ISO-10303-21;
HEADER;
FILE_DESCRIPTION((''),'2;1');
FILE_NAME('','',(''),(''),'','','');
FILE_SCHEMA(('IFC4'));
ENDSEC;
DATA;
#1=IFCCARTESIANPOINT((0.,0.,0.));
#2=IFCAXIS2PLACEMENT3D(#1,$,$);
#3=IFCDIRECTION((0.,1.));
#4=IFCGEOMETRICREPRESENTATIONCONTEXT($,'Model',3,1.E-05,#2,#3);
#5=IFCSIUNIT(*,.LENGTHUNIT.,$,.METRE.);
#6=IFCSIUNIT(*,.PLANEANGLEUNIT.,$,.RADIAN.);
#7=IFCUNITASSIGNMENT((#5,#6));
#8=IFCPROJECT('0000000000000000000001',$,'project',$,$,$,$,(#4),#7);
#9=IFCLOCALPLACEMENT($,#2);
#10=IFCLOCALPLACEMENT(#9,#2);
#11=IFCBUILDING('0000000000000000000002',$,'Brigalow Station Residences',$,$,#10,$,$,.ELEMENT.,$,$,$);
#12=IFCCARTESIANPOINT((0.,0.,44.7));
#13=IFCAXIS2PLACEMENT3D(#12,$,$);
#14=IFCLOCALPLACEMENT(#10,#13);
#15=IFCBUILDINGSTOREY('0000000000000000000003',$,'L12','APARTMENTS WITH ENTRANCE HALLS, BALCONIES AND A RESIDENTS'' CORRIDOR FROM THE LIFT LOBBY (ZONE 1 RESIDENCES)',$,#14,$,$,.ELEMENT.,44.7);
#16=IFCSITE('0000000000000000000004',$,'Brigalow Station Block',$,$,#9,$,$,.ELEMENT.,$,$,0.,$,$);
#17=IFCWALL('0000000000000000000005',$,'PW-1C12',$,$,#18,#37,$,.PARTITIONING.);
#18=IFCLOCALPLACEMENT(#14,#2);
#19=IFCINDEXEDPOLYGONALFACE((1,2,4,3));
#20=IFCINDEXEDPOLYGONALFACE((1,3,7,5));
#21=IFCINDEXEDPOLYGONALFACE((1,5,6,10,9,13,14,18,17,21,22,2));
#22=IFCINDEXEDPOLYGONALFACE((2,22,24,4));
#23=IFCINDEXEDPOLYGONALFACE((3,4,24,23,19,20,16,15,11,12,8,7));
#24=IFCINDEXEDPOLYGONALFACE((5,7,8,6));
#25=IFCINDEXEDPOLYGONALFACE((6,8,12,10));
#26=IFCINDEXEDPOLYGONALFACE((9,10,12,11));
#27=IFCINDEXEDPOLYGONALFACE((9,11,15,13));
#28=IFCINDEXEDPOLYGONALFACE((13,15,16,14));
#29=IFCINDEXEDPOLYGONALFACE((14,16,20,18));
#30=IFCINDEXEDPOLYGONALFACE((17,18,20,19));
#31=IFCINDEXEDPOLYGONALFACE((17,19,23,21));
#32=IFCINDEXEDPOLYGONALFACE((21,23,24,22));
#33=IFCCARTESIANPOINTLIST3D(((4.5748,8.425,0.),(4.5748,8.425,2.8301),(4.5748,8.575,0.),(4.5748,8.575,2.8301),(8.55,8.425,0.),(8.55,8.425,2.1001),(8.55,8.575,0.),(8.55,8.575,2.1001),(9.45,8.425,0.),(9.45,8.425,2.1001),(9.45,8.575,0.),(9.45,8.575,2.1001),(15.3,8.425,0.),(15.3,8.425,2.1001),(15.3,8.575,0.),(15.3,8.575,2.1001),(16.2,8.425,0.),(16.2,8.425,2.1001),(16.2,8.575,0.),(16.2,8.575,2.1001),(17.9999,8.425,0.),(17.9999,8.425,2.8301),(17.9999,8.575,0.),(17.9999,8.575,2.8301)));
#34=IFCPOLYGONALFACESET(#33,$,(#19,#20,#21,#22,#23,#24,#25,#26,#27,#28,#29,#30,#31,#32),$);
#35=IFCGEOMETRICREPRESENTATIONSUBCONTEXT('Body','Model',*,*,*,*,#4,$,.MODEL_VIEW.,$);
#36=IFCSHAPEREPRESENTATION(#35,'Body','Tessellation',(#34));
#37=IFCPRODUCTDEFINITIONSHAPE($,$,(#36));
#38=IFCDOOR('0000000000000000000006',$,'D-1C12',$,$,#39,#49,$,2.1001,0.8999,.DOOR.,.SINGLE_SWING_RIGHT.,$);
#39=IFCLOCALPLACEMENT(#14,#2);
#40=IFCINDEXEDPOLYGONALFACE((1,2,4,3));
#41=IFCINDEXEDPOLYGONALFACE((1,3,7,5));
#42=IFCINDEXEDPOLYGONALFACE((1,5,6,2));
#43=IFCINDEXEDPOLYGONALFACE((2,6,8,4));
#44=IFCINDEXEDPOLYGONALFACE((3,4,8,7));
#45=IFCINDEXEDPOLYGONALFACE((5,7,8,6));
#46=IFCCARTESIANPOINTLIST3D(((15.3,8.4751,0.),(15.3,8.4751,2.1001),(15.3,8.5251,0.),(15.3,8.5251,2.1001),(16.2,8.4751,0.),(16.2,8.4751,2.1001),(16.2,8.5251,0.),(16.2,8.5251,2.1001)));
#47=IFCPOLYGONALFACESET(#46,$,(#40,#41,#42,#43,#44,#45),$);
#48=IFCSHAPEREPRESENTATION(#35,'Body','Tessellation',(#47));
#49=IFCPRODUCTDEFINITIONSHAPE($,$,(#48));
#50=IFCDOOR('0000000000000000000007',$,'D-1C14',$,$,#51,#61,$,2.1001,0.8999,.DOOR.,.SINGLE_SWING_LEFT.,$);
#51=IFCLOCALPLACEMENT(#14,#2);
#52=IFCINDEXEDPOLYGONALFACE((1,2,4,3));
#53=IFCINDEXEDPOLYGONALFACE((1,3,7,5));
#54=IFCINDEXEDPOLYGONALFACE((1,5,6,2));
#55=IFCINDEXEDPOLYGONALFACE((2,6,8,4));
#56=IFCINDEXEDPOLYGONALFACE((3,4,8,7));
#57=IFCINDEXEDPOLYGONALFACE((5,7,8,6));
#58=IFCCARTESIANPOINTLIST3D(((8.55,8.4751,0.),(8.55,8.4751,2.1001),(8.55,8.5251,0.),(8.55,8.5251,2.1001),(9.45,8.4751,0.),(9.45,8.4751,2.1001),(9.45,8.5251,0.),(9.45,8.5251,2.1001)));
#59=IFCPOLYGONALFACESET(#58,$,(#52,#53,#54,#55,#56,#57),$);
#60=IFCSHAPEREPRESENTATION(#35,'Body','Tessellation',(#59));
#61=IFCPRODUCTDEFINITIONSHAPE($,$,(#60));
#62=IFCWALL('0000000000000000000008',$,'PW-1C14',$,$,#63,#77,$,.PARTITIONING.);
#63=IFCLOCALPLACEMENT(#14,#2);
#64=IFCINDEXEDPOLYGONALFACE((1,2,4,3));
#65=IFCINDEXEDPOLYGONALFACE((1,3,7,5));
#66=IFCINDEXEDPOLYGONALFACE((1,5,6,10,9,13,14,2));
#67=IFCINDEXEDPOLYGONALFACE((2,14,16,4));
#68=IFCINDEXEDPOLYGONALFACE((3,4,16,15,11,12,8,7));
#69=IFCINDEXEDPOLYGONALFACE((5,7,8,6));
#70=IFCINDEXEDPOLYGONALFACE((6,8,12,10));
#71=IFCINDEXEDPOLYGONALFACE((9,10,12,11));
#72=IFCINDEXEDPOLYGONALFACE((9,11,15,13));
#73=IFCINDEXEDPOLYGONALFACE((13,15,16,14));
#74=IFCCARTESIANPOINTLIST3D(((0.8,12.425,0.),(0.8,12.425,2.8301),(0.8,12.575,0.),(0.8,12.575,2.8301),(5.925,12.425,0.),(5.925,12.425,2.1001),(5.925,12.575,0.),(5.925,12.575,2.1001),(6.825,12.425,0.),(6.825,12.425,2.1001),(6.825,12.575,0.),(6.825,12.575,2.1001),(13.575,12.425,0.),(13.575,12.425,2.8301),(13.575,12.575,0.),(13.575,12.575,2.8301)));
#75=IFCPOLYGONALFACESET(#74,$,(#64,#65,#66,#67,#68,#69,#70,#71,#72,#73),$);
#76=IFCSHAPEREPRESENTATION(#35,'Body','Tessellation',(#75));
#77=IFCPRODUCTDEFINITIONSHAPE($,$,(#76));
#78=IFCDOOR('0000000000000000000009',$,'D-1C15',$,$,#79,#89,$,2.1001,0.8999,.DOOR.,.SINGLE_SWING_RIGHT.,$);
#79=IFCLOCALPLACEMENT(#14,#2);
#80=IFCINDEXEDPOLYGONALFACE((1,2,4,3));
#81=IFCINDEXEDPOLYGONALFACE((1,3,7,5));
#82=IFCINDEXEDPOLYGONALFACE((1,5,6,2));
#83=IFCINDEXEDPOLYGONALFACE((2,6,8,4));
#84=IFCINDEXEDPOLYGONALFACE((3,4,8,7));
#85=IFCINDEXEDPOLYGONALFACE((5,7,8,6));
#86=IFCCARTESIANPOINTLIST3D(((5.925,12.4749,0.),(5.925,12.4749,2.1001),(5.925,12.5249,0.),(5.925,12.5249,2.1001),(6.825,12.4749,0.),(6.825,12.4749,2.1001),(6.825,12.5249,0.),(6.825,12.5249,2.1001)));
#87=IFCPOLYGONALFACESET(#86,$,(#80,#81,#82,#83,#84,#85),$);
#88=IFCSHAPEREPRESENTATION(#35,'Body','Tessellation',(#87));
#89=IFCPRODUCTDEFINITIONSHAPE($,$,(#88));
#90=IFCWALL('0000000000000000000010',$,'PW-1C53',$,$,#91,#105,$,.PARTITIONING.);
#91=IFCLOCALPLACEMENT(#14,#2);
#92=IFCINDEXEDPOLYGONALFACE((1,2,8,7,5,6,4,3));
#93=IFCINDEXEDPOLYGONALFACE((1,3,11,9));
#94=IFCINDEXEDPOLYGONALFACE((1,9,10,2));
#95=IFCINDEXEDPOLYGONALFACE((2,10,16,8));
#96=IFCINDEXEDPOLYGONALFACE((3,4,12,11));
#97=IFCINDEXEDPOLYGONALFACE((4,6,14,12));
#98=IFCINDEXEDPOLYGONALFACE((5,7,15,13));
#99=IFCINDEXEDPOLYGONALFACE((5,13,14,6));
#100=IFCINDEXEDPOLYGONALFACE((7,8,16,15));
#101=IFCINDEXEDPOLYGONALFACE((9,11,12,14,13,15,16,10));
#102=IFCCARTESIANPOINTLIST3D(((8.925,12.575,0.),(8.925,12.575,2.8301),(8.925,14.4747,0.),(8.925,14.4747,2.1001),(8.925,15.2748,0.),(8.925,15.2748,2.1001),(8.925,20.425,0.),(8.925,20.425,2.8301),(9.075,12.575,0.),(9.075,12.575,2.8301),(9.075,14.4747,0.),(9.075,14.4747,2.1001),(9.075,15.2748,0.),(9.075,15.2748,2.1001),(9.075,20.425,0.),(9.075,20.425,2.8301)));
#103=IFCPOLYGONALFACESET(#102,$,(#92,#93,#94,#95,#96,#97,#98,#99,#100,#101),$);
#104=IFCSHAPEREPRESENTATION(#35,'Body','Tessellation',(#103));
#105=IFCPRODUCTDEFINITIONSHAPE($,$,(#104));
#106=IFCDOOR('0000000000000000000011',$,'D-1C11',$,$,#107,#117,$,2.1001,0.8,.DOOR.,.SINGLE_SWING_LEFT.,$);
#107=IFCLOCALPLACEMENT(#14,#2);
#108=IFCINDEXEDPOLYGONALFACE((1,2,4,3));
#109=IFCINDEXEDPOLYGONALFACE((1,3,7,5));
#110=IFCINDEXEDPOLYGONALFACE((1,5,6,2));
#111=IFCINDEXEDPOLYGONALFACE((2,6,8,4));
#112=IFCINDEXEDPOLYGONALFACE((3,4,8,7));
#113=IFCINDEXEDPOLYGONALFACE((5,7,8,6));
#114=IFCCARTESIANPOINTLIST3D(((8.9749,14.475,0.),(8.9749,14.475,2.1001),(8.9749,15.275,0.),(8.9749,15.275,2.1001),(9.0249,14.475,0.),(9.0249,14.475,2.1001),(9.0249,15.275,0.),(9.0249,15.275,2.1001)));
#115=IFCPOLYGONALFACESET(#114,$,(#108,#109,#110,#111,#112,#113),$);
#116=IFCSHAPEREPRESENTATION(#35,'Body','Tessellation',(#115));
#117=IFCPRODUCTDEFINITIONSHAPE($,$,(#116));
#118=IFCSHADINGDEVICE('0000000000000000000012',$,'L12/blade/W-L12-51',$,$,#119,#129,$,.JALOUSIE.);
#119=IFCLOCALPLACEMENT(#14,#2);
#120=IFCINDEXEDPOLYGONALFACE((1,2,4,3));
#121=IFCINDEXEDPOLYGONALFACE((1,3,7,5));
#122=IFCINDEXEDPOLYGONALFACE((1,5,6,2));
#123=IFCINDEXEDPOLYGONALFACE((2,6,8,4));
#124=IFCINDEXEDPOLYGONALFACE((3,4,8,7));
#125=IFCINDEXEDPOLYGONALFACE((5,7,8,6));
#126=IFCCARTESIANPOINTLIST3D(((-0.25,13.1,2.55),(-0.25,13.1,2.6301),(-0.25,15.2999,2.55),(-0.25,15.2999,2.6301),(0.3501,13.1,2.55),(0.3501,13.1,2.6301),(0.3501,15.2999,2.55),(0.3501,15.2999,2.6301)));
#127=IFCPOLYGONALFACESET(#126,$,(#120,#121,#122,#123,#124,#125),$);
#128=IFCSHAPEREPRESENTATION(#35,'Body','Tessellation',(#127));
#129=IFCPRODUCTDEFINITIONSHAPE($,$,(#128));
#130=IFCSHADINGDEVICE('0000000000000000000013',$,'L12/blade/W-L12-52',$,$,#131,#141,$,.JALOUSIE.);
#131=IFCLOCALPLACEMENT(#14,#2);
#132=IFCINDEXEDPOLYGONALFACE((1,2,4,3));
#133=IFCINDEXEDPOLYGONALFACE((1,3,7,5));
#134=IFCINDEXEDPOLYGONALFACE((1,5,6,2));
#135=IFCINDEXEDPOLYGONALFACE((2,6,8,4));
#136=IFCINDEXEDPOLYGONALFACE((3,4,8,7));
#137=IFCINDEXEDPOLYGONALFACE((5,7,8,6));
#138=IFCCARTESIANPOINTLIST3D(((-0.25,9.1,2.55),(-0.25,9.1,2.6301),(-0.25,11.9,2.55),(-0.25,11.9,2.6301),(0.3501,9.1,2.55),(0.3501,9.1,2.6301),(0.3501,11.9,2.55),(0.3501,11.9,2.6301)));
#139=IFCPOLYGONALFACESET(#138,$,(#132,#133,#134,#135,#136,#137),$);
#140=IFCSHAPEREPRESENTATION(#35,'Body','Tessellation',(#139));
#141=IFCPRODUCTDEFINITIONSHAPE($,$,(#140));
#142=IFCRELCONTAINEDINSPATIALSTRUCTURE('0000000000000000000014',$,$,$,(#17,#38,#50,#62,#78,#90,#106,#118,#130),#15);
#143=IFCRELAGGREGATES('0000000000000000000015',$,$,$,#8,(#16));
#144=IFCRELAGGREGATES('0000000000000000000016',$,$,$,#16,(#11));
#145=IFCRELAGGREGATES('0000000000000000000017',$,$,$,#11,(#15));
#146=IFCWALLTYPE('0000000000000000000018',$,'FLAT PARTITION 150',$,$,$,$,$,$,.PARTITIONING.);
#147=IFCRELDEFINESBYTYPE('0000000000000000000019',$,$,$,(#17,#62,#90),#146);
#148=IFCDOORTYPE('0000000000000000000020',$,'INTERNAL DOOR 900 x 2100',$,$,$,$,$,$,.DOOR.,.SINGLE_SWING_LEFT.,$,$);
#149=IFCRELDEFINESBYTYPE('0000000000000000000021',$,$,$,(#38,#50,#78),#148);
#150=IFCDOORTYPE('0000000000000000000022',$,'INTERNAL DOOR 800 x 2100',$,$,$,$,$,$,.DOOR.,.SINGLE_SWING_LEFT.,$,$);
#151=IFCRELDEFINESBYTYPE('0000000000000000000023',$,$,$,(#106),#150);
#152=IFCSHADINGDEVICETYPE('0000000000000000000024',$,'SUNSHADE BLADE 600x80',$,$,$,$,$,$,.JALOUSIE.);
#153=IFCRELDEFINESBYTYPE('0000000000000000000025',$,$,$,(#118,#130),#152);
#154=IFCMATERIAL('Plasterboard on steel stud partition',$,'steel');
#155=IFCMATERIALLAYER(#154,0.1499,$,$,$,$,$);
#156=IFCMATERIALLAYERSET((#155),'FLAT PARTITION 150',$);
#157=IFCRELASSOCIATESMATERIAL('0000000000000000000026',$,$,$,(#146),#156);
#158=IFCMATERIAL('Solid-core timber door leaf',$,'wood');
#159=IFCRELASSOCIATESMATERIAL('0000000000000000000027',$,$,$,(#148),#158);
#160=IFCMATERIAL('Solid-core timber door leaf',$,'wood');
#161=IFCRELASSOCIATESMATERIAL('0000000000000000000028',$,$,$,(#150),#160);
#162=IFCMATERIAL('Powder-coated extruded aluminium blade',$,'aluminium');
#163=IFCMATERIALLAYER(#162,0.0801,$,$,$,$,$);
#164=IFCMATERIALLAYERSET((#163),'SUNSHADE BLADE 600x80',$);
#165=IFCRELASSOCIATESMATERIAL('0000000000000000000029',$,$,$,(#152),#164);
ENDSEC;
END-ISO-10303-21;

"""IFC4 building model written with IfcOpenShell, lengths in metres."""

from ifc_helpers import new_model, si_unit, direction, frame, frame_2d, origin, origin_2d, place, context, subcontext, project, spatial, rectangle, extrude, material, layer, layer_set, type_object, element, fill, save


model = new_model("IFC4")

# Units and contexts
model_context = context("Model", 3, precision=1e-05, world=origin(), true_north=direction((0.0, 1.0)))
body_context = subcontext(model_context, "Body", "Model", "MODEL_VIEW")
ifc_project = project(units=[si_unit("LENGTHUNIT", "METRE"), si_unit("PLANEANGLEUNIT", "RADIAN")], contexts=[model_context])

# Site, building, storey
site_placement = place(None, origin())
site = spatial("IfcSite", under=ifc_project, at=site_placement, Name="Brigalow Station Block", CompositionType="ELEMENT", RefElevation=0.0)
building_placement = place(site_placement, origin())
building = spatial("IfcBuilding", under=site, at=building_placement, Name="Brigalow Station Residences", CompositionType="ELEMENT")
storey_placement = place(building_placement, frame((0.0, 0.0, 44.7)))
storey = spatial("IfcBuildingStorey", under=building, at=storey_placement, Name="L12", Description="APARTMENTS WITH ENTRANCE HALLS, BALCONIES AND A RESIDENTS' CORRIDOR FROM THE LIFT LOBBY (ZONE 1 RESIDENCES)", CompositionType="ELEMENT", Elevation=44.7)

# Wall, openings, doors
ifc_material_1 = material(Name="Plasterboard on steel stud partition", Category="steel")
ifc_layer_1 = layer(ifc_material_1, 0.1499)
ifc_layer_set_1 = layer_set([ifc_layer_1], Name="FLAT PARTITION 150")
wall_type_1 = type_object("IfcWallType", Name="FLAT PARTITION 150", PredefinedType="PARTITIONING", material=ifc_layer_set_1)
wall_1_placement = place(storey_placement, frame((4.575, 8.5, 0.0), z_axis=(0.0, 0.0, 1.0), x_axis=(1.0, 0.0, 0.0)))
wall_1 = element("IfcWall", 1, at=wall_1_placement, inside=storey, type_object=wall_type_1, Name="PW-1C12", PredefinedType="PARTITIONING", context=body_context, shape_type="SweptSolid", body=[
    extrude(rectangle(XDim=13.425, YDim=0.1499, at=frame_2d((6.7124, 0.0))), origin(), (0.0, 0.0, 1.0), 2.8301),
])
opening_1_placement = place(wall_1_placement, frame((10.7251, 0.0, 0.0)))
opening_1 = element("IfcOpeningElement", 2, at=opening_1_placement, cuts=wall_1, PredefinedType="OPENING", context=body_context, shape_type="SweptSolid", body=[
    extrude(rectangle(XDim=0.8999, YDim=2.1001, at=frame_2d((0.45, 1.05))), frame((0.0, 0.085, 0.0), z_axis=(0.0, -1.0, 0.0), x_axis=(1.0, 0.0, 0.0)), (0.0, 0.0, 1.0), 0.1699),
])
opening_2_placement = place(wall_1_placement, frame((3.9751, 0.0, 0.0)))
opening_2 = element("IfcOpeningElement", 3, at=opening_2_placement, cuts=wall_1, PredefinedType="OPENING", context=body_context, shape_type="SweptSolid", body=[
    extrude(rectangle(XDim=0.8999, YDim=2.1001, at=frame_2d((0.45, 1.05))), frame((0.0, 0.085, 0.0), z_axis=(0.0, -1.0, 0.0), x_axis=(1.0, 0.0, 0.0)), (0.0, 0.0, 1.0), 0.1699),
])
ifc_material_2 = material(Name="Solid-core timber door leaf", Category="wood")
door_type_1 = type_object("IfcDoorType", Name="INTERNAL DOOR 900 x 2100", OperationType="SINGLE_SWING_LEFT", PredefinedType="DOOR", material=ifc_material_2)
door_1_placement = place(opening_1_placement, frame((0.8999, 0.0, 0.0), z_axis=(0.0, 0.0, 1.0), x_axis=(-1.0, 0.0, 0.0)))
door_1 = element("IfcDoor", 4, at=door_1_placement, inside=storey, type_object=door_type_1, Name="D-1C12", OperationType="SINGLE_SWING_RIGHT", OverallHeight=2.1001, OverallWidth=0.8999, PredefinedType="DOOR", context=body_context, shape_type="SweptSolid", body=[
    extrude(rectangle(XDim=0.8999, YDim=2.1001, at=frame_2d((0.45, 1.05))), frame((0.0, 0.0249, 0.0), z_axis=(0.0, -1.0, 0.0), x_axis=(1.0, 0.0, 0.0)), (0.0, 0.0, 1.0), 0.05),
])
fill(opening_1, door_1)
door_2_placement = place(opening_2_placement, frame((0.8999, 0.0, 0.0), z_axis=(0.0, 0.0, 1.0), x_axis=(-1.0, 0.0, 0.0)))
door_2 = element("IfcDoor", 5, at=door_2_placement, inside=storey, type_object=door_type_1, Name="D-1C14", OperationType="SINGLE_SWING_LEFT", OverallHeight=2.1001, OverallWidth=0.8999, PredefinedType="DOOR", context=body_context, shape_type="SweptSolid", body=[
    extrude(rectangle(XDim=0.8999, YDim=2.1001, at=frame_2d((0.45, 1.05))), frame((0.0, 0.0249, 0.0), z_axis=(0.0, -1.0, 0.0), x_axis=(1.0, 0.0, 0.0)), (0.0, 0.0, 1.0), 0.05),
])
fill(opening_2, door_2)

# Walls, openings, doors
wall_2_placement = place(storey_placement, frame((0.8, 12.5, 0.0), z_axis=(0.0, 0.0, 1.0), x_axis=(1.0, 0.0, 0.0)))
wall_2 = element("IfcWall", 6, at=wall_2_placement, inside=storey, type_object=wall_type_1, Name="PW-1C14", PredefinedType="PARTITIONING", context=body_context, shape_type="SweptSolid", body=[
    extrude(rectangle(XDim=12.7749, YDim=0.1499, at=frame_2d((6.3875, 0.0))), origin(), (0.0, 0.0, 1.0), 2.8301),
])
opening_3_placement = place(wall_2_placement, frame((5.125, 0.0, 0.0)))
opening_3 = element("IfcOpeningElement", 7, at=opening_3_placement, cuts=wall_2, PredefinedType="OPENING", context=body_context, shape_type="SweptSolid", body=[
    extrude(rectangle(XDim=0.8999, YDim=2.1001, at=frame_2d((0.45, 1.05))), frame((0.0, 0.085, 0.0), z_axis=(0.0, -1.0, 0.0), x_axis=(1.0, 0.0, 0.0)), (0.0, 0.0, 1.0), 0.1699),
])
door_3_placement = place(opening_3_placement, origin())
door_3 = element("IfcDoor", 8, at=door_3_placement, inside=storey, type_object=door_type_1, Name="D-1C15", OperationType="SINGLE_SWING_RIGHT", OverallHeight=2.1001, OverallWidth=0.8999, PredefinedType="DOOR", context=body_context, shape_type="SweptSolid", body=[
    extrude(rectangle(XDim=0.8999, YDim=2.1001, at=frame_2d((0.45, 1.05))), frame((0.0, 0.0249, 0.0), z_axis=(0.0, -1.0, 0.0), x_axis=(1.0, 0.0, 0.0)), (0.0, 0.0, 1.0), 0.05),
])
fill(opening_3, door_3)
wall_3_placement = place(storey_placement, frame((9.0, 12.575, 0.0), z_axis=(0.0, 0.0, 1.0), x_axis=(0.0, 1.0, 0.0)))
wall_3 = element("IfcWall", 9, at=wall_3_placement, inside=storey, type_object=wall_type_1, Name="PW-1C53", PredefinedType="PARTITIONING", context=body_context, shape_type="SweptSolid", body=[
    extrude(rectangle(XDim=7.8501, YDim=0.1499, at=frame_2d((3.925, 0.0))), origin(), (0.0, 0.0, 1.0), 2.8301),
])
opening_4_placement = place(wall_3_placement, frame((1.8999, 0.0, 0.0)))
opening_4 = element("IfcOpeningElement", 10, at=opening_4_placement, cuts=wall_3, PredefinedType="OPENING", context=body_context, shape_type="SweptSolid", body=[
    extrude(rectangle(XDim=0.8, YDim=2.1001, at=frame_2d((0.3999, 1.05))), frame((0.0, 0.085, 0.0), z_axis=(0.0, -1.0, 0.0), x_axis=(1.0, 0.0, 0.0)), (0.0, 0.0, 1.0), 0.1699),
])
ifc_material_3 = material(Name="Solid-core timber door leaf", Category="wood")
door_type_2 = type_object("IfcDoorType", Name="INTERNAL DOOR 800 x 2100", OperationType="SINGLE_SWING_LEFT", PredefinedType="DOOR", material=ifc_material_3)
door_4_placement = place(opening_4_placement, frame((0.8, 0.0, 0.0), z_axis=(0.0, 0.0, 1.0), x_axis=(-1.0, 0.0, 0.0)))
door_4 = element("IfcDoor", 11, at=door_4_placement, inside=storey, type_object=door_type_2, Name="D-1C11", OperationType="SINGLE_SWING_LEFT", OverallHeight=2.1001, OverallWidth=0.8, PredefinedType="DOOR", context=body_context, shape_type="SweptSolid", body=[
    extrude(rectangle(XDim=0.8, YDim=2.1001, at=frame_2d((0.3999, 1.05))), frame((0.0, 0.0249, 0.0), z_axis=(0.0, -1.0, 0.0), x_axis=(1.0, 0.0, 0.0)), (0.0, 0.0, 1.0), 0.05),
])
fill(opening_4, door_4)

# Shading devices
ifc_material_4 = material(Name="Powder-coated extruded aluminium blade", Category="aluminium")
ifc_layer_2 = layer(ifc_material_4, 0.0801)
ifc_layer_set_2 = layer_set([ifc_layer_2], Name="SUNSHADE BLADE 600x80")
shading_device_type = type_object("IfcShadingDeviceType", Name="SUNSHADE BLADE 600x80", PredefinedType="JALOUSIE", material=ifc_layer_set_2)
shading_device_1_placement = place(storey_placement, frame((0.05, 14.2, 2.55), z_axis=(0.0, 0.0, 1.0), x_axis=(0.0, -1.0, 0.0)))
element("IfcShadingDevice", 12, at=shading_device_1_placement, inside=storey, type_object=shading_device_type, Name="L12/blade/W-L12-51", PredefinedType="JALOUSIE", context=body_context, shape_type="SweptSolid", body=[
    extrude(rectangle(XDim=2.2, YDim=0.6001, at=origin_2d()), origin(), (0.0, 0.0, 1.0), 0.0801),
])
shading_device_2_placement = place(storey_placement, frame((0.05, 10.5, 2.55), z_axis=(0.0, 0.0, 1.0), x_axis=(0.0, -1.0, 0.0)))
element("IfcShadingDevice", 13, at=shading_device_2_placement, inside=storey, type_object=shading_device_type, Name="L12/blade/W-L12-52", PredefinedType="JALOUSIE", context=body_context, shape_type="SweptSolid", body=[
    extrude(rectangle(XDim=2.8, YDim=0.6001, at=origin_2d()), origin(), (0.0, 0.0, 1.0), 0.0801),
])

save(model, "model.ifc")
